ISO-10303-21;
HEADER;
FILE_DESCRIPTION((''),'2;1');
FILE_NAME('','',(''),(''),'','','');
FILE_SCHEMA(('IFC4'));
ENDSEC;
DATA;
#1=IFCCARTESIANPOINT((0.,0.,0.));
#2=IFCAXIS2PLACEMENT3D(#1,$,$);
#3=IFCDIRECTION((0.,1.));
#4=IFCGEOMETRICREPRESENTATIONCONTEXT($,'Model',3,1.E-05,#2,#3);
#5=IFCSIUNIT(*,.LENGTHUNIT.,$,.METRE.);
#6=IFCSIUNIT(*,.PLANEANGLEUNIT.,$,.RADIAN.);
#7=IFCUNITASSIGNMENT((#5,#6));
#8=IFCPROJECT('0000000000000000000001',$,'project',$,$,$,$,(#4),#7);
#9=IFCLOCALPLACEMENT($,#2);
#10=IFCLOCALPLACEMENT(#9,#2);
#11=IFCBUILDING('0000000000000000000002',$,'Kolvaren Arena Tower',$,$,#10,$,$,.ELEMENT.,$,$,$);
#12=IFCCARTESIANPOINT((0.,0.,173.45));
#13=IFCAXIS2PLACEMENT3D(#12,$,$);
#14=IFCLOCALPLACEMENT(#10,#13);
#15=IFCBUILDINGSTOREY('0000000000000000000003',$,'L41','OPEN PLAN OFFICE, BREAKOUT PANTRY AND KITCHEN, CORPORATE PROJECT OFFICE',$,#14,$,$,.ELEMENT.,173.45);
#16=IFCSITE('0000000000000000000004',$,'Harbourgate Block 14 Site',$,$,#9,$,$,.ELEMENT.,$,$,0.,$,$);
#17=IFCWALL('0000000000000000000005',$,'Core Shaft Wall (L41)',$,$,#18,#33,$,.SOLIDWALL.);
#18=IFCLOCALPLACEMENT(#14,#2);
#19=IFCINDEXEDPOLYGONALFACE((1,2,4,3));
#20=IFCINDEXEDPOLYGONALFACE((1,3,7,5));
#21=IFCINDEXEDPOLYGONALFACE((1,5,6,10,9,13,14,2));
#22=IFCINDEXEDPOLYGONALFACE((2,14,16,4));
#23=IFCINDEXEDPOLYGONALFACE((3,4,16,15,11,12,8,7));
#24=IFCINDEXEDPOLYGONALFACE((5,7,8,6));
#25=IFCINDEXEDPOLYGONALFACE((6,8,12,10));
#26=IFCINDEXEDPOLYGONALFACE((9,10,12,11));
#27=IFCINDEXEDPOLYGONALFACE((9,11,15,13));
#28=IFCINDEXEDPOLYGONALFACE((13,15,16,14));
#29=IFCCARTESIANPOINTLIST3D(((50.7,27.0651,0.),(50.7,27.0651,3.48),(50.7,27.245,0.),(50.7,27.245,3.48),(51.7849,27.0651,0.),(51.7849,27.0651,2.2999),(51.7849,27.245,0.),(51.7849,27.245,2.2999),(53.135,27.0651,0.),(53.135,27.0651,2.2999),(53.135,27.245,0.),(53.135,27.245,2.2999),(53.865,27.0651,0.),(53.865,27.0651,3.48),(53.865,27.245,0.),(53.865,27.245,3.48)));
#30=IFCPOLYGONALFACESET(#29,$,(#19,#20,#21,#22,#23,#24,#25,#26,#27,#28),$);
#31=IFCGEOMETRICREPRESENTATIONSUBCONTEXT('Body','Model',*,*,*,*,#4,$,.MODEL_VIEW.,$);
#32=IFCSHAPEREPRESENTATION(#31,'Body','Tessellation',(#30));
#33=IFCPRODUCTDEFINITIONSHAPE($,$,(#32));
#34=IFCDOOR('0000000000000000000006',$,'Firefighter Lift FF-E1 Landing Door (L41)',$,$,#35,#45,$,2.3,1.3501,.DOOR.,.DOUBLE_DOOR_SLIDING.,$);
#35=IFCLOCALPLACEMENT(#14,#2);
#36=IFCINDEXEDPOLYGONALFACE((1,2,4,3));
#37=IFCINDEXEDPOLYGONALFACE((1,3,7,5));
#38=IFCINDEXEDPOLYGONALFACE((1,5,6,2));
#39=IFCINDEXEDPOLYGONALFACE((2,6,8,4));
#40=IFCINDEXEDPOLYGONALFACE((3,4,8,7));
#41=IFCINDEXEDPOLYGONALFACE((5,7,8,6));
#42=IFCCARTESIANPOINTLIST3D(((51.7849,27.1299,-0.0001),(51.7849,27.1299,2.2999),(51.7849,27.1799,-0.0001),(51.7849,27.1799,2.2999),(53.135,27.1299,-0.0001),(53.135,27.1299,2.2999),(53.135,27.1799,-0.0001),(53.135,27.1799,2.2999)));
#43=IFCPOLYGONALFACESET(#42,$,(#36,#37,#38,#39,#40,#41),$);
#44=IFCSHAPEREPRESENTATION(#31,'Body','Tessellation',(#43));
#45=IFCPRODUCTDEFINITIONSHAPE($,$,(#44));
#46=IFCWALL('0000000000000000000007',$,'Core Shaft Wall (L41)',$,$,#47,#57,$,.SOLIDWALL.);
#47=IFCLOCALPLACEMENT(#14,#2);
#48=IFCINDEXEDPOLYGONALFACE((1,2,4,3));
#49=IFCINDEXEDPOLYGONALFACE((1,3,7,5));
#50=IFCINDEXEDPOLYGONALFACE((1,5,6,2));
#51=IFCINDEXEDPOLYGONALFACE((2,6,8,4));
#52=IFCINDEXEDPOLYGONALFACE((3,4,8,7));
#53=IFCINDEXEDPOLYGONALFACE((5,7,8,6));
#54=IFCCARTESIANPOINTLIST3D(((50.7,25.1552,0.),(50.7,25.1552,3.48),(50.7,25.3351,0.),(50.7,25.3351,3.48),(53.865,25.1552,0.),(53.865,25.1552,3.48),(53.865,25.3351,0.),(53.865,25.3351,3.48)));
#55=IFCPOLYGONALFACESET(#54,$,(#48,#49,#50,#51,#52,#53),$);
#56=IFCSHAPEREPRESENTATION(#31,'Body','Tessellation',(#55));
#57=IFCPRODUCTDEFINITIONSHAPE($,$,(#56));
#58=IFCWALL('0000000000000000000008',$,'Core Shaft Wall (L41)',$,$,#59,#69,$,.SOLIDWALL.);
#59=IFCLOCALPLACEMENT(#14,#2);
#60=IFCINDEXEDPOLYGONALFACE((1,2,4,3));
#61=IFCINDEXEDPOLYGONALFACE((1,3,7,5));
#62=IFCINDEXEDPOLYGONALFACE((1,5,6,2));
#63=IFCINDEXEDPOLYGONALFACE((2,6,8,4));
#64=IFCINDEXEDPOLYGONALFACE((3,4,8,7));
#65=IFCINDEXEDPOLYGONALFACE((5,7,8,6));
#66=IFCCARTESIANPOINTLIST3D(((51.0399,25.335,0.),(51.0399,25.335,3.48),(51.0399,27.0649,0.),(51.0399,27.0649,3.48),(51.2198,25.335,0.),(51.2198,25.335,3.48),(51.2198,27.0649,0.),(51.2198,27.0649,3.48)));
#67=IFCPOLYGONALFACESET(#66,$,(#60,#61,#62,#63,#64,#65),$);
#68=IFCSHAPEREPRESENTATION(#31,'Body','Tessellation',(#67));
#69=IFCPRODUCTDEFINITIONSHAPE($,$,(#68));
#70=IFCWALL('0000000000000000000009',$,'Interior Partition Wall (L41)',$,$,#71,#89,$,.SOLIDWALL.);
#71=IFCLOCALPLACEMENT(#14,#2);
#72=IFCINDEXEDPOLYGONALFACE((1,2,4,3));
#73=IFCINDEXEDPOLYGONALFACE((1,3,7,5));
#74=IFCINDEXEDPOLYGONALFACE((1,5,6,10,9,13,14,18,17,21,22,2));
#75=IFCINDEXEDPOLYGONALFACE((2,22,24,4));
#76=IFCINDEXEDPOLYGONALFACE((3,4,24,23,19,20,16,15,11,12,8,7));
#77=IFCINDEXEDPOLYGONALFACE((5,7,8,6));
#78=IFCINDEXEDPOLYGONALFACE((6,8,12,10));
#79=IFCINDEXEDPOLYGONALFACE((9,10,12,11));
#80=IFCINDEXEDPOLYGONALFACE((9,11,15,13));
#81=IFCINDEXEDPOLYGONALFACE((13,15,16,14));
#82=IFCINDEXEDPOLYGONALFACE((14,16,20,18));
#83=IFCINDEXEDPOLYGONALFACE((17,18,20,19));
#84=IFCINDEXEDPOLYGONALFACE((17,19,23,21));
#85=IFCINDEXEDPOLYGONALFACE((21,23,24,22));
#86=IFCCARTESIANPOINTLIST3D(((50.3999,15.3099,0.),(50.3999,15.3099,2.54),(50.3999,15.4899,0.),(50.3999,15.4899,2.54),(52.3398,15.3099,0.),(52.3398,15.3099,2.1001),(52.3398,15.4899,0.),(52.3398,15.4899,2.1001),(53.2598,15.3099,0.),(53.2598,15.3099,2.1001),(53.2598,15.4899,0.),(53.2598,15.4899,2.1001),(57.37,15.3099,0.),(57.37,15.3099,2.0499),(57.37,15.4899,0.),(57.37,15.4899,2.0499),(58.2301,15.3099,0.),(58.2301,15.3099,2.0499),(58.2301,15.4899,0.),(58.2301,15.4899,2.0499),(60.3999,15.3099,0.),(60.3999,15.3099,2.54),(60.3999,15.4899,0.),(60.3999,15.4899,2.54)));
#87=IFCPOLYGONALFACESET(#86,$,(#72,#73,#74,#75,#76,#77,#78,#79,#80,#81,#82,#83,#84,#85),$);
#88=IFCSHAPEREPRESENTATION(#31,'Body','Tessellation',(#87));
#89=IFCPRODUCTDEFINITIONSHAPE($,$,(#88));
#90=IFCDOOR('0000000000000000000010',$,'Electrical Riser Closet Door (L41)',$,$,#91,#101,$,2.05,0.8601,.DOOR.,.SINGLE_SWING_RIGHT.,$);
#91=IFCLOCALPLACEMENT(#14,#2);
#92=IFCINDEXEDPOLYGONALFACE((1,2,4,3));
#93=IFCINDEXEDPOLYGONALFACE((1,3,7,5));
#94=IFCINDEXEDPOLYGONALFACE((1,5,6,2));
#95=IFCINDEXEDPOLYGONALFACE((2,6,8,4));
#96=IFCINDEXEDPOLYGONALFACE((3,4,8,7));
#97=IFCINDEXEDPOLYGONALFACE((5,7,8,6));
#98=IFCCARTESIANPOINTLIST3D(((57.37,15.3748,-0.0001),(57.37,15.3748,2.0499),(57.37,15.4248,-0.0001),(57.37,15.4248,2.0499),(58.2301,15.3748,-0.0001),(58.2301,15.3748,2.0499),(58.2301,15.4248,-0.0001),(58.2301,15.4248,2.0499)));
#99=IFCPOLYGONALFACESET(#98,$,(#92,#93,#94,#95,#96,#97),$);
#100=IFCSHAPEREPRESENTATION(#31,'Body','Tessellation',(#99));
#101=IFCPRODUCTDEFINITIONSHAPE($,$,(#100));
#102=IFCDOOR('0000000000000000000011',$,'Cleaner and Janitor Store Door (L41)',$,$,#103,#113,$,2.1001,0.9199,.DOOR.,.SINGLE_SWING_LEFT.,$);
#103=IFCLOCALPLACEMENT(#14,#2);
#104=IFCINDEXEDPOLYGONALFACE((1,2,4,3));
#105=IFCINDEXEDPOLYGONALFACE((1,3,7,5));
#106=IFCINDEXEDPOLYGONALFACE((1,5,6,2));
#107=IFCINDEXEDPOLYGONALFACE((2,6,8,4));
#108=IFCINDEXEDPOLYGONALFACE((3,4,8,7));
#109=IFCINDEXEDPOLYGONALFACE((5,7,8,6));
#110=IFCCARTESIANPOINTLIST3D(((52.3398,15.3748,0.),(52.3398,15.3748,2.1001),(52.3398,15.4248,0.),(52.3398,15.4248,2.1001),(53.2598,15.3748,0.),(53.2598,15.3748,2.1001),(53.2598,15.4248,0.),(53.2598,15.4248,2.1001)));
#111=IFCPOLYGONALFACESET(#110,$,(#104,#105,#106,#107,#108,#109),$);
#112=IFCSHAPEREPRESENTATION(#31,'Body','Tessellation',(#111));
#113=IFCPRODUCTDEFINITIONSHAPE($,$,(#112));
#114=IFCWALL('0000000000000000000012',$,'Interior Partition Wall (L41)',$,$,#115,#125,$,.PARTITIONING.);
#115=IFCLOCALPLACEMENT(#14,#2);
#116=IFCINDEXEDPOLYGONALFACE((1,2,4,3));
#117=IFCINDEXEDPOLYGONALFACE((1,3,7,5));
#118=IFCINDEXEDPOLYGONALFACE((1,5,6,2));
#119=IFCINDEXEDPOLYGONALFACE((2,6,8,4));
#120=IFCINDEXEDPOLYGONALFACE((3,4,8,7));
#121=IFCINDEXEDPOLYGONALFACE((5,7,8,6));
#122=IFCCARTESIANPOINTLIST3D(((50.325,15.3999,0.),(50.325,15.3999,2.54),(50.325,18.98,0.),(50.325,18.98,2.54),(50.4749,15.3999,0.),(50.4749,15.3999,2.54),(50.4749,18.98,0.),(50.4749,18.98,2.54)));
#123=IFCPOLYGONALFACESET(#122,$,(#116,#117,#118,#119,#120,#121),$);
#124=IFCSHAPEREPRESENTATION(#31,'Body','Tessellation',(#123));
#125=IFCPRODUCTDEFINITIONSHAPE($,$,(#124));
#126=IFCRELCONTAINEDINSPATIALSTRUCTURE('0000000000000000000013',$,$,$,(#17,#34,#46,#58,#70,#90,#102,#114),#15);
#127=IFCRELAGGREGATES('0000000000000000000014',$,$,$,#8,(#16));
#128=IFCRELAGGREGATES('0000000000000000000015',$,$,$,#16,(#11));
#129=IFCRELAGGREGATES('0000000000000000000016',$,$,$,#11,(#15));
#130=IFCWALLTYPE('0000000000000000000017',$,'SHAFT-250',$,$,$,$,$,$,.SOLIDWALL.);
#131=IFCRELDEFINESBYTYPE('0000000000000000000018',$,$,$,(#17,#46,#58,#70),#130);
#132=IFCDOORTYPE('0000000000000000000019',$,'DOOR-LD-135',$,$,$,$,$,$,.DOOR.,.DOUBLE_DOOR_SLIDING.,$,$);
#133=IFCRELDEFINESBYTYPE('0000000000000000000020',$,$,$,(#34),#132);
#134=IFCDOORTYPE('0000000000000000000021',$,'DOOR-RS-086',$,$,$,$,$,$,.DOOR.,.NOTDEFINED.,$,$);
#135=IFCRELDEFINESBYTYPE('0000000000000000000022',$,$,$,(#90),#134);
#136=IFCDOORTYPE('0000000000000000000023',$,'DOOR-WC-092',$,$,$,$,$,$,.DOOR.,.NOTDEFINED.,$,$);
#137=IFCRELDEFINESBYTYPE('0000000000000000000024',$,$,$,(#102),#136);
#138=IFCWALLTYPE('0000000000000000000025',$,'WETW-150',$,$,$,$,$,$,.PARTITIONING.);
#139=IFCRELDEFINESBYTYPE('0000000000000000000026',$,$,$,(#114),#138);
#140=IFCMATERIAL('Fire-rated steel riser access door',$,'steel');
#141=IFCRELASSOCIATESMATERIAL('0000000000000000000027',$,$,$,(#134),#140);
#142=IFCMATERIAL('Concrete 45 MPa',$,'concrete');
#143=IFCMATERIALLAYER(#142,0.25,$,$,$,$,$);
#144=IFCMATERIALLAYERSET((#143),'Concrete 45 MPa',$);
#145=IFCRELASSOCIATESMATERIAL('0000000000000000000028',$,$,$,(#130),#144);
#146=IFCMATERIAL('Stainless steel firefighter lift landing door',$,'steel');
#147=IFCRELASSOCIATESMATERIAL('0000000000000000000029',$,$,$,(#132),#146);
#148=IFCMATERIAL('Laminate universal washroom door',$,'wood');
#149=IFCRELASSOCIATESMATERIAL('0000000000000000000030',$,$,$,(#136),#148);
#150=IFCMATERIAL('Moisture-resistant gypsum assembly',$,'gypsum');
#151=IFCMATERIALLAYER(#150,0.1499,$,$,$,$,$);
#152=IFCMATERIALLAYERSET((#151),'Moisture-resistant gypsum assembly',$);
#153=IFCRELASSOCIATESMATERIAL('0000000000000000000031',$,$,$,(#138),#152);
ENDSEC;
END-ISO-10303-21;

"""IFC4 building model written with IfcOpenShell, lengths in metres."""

from ifc_helpers import new_model, si_unit, direction, frame, frame_2d, origin, place, context, subcontext, project, spatial, rectangle, extrude, material, layer, layer_set, type_object, element, fill, save


model = new_model("IFC4")

# Units and contexts
model_context = context("Model", 3, precision=1e-05, world=origin(), true_north=direction((0.0, 1.0)))
body_context = subcontext(model_context, "Body", "Model", "MODEL_VIEW")
ifc_project = project(units=[si_unit("LENGTHUNIT", "METRE"), si_unit("PLANEANGLEUNIT", "RADIAN")], contexts=[model_context])

# Site, building, storey
site_placement = place(None, origin())
site = spatial("IfcSite", under=ifc_project, at=site_placement, Name="Harbourgate Block 14 Site", CompositionType="ELEMENT", RefElevation=0.0)
building_placement = place(site_placement, origin())
building = spatial("IfcBuilding", under=site, at=building_placement, Name="Kolvaren Arena Tower", CompositionType="ELEMENT")
storey_placement = place(building_placement, frame((0.0, 0.0, 173.45)))
storey = spatial("IfcBuildingStorey", under=building, at=storey_placement, Name="L41", Description="OPEN PLAN OFFICE, BREAKOUT PANTRY AND KITCHEN, CORPORATE PROJECT OFFICE", CompositionType="ELEMENT", Elevation=173.45)

# Shared definitions
ifc_material_1 = material(Name="Fire-rated steel riser access door", Category="steel")
door_type_1 = type_object("IfcDoorType", Name="DOOR-RS-086", OperationType="NOTDEFINED", PredefinedType="DOOR", material=ifc_material_1)

# Shared definitions
ifc_material_2 = material(Name="Concrete 45 MPa", Category="concrete")
ifc_layer_1 = layer(ifc_material_2, 0.25)
ifc_layer_set_1 = layer_set([ifc_layer_1], Name="Concrete 45 MPa")
wall_type_1 = type_object("IfcWallType", Name="SHAFT-250", PredefinedType="SOLIDWALL", material=ifc_layer_set_1)

# Wall, opening, door
wall_1_placement = place(storey_placement, frame((50.7, 27.155, 0.0), z_axis=(0.0, 0.0, 1.0), x_axis=(1.0, 0.0, 0.0)))
wall_1 = element("IfcWall", 1, at=wall_1_placement, inside=storey, type_object=wall_type_1, Name="Core Shaft Wall (L41)", PredefinedType="SOLIDWALL", context=body_context, shape_type="SweptSolid", body=[
    extrude(rectangle(XDim=3.165, YDim=0.1799, at=frame_2d((1.5825, 0.0))), origin(), (0.0, 0.0, 1.0), 3.48),
])
opening_1_placement = place(wall_1_placement, frame((1.085, 0.0, 0.0)))
opening_1 = element("IfcOpeningElement", 2, at=opening_1_placement, cuts=wall_1, PredefinedType="OPENING", context=body_context, shape_type="SweptSolid", body=[
    extrude(rectangle(XDim=1.3501, YDim=2.3, at=frame_2d((0.675, 1.1499))), frame((0.0, 0.0999, 0.0), z_axis=(0.0, -1.0, 0.0), x_axis=(1.0, 0.0, 0.0)), (0.0, 0.0, 1.0), 0.2),
])
ifc_material_3 = material(Name="Stainless steel firefighter lift landing door", Category="steel")
door_type_2 = type_object("IfcDoorType", Name="DOOR-LD-135", OperationType="DOUBLE_DOOR_SLIDING", PredefinedType="DOOR", material=ifc_material_3)
door_1_placement = place(opening_1_placement, origin())
door_1 = element("IfcDoor", 3, at=door_1_placement, inside=storey, type_object=door_type_2, Name="Firefighter Lift FF-E1 Landing Door (L41)", OperationType="DOUBLE_DOOR_SLIDING", OverallHeight=2.3, OverallWidth=1.3501, PredefinedType="DOOR", context=body_context, shape_type="SweptSolid", body=[
    extrude(rectangle(XDim=1.3501, YDim=2.3, at=frame_2d((0.675, 1.1499))), frame((0.0, 0.0249, 0.0), z_axis=(0.0, -1.0, 0.0), x_axis=(1.0, 0.0, 0.0)), (0.0, 0.0, 1.0), 0.05),
])
fill(opening_1, door_1)

# Walls
wall_2_placement = place(storey_placement, frame((50.7, 25.2451, 0.0), z_axis=(0.0, 0.0, 1.0), x_axis=(1.0, 0.0, 0.0)))
element("IfcWall", 4, at=wall_2_placement, inside=storey, type_object=wall_type_1, Name="Core Shaft Wall (L41)", PredefinedType="SOLIDWALL", context=body_context, shape_type="SweptSolid", body=[
    extrude(rectangle(XDim=3.165, YDim=0.1799, at=frame_2d((1.5825, 0.0))), origin(), (0.0, 0.0, 1.0), 3.48),
])
wall_3_placement = place(storey_placement, frame((51.1299, 25.335, 0.0), z_axis=(0.0, 0.0, 1.0), x_axis=(0.0, 1.0, 0.0)))
element("IfcWall", 5, at=wall_3_placement, inside=storey, type_object=wall_type_1, Name="Core Shaft Wall (L41)", PredefinedType="SOLIDWALL", context=body_context, shape_type="SweptSolid", body=[
    extrude(rectangle(XDim=1.73, YDim=0.1799, at=frame_2d((0.865, 0.0))), origin(), (0.0, 0.0, 1.0), 3.48),
])

# Wall, openings, doors
wall_4_placement = place(storey_placement, frame((50.3999, 15.3999, 0.0), z_axis=(0.0, 0.0, 1.0), x_axis=(1.0, 0.0, 0.0)))
wall_4 = element("IfcWall", 6, at=wall_4_placement, inside=storey, type_object=wall_type_1, Name="Interior Partition Wall (L41)", PredefinedType="SOLIDWALL", context=body_context, shape_type="SweptSolid", body=[
    extrude(rectangle(XDim=10.0, YDim=0.1799, at=frame_2d((5.0, 0.0))), origin(), (0.0, 0.0, 1.0), 2.54),
])
opening_2_placement = place(wall_4_placement, frame((1.9399, 0.0, 0.0)))
opening_2 = element("IfcOpeningElement", 7, at=opening_2_placement, cuts=wall_4, PredefinedType="OPENING", context=body_context, shape_type="SweptSolid", body=[
    extrude(rectangle(XDim=0.9199, YDim=2.1001, at=frame_2d((0.46, 1.05))), frame((0.0, 0.0999, 0.0), z_axis=(0.0, -1.0, 0.0), x_axis=(1.0, 0.0, 0.0)), (0.0, 0.0, 1.0), 0.2),
])
opening_3_placement = place(wall_4_placement, frame((6.97, 0.0, 0.0)))
opening_3 = element("IfcOpeningElement", 8, at=opening_3_placement, cuts=wall_4, PredefinedType="OPENING", context=body_context, shape_type="SweptSolid", body=[
    extrude(rectangle(XDim=0.8601, YDim=2.05, at=frame_2d((0.4302, 1.0249))), frame((0.0, 0.0999, 0.0), z_axis=(0.0, -1.0, 0.0), x_axis=(1.0, 0.0, 0.0)), (0.0, 0.0, 1.0), 0.2),
])
door_2_placement = place(opening_3_placement, origin())
door_2 = element("IfcDoor", 9, at=door_2_placement, inside=storey, type_object=door_type_1, Name="Electrical Riser Closet Door (L41)", OperationType="SINGLE_SWING_RIGHT", OverallHeight=2.05, OverallWidth=0.8601, PredefinedType="DOOR", context=body_context, shape_type="SweptSolid", body=[
    extrude(rectangle(XDim=0.8601, YDim=2.05, at=frame_2d((0.4302, 1.0249))), frame((0.0, 0.0249, 0.0), z_axis=(0.0, -1.0, 0.0), x_axis=(1.0, 0.0, 0.0)), (0.0, 0.0, 1.0), 0.05),
])
fill(opening_3, door_2)
ifc_material_4 = material(Name="Laminate universal washroom door", Category="wood")
door_type_3 = type_object("IfcDoorType", Name="DOOR-WC-092", OperationType="NOTDEFINED", PredefinedType="DOOR", material=ifc_material_4)
door_3_placement = place(opening_2_placement, origin())
door_3 = element("IfcDoor", 10, at=door_3_placement, inside=storey, type_object=door_type_3, Name="Cleaner and Janitor Store Door (L41)", OperationType="SINGLE_SWING_LEFT", OverallHeight=2.1001, OverallWidth=0.9199, PredefinedType="DOOR", context=body_context, shape_type="SweptSolid", body=[
    extrude(rectangle(XDim=0.9199, YDim=2.1001, at=frame_2d((0.46, 1.05))), frame((0.0, 0.0249, 0.0), z_axis=(0.0, -1.0, 0.0), x_axis=(1.0, 0.0, 0.0)), (0.0, 0.0, 1.0), 0.05),
])
fill(opening_2, door_3)

# Wall
ifc_material_5 = material(Name="Moisture-resistant gypsum assembly", Category="gypsum")
ifc_layer_2 = layer(ifc_material_5, 0.1499)
ifc_layer_set_2 = layer_set([ifc_layer_2], Name="Moisture-resistant gypsum assembly")
wall_type_2 = type_object("IfcWallType", Name="WETW-150", PredefinedType="PARTITIONING", material=ifc_layer_set_2)
wall_5_placement = place(storey_placement, frame((50.3999, 15.3999, 0.0), z_axis=(0.0, 0.0, 1.0), x_axis=(0.0, 1.0, 0.0)))
element("IfcWall", 11, at=wall_5_placement, inside=storey, type_object=wall_type_2, Name="Interior Partition Wall (L41)", PredefinedType="PARTITIONING", context=body_context, shape_type="SweptSolid", body=[
    extrude(rectangle(XDim=3.5801, YDim=0.1499, at=frame_2d((1.79, 0.0))), origin(), (0.0, 0.0, 1.0), 2.54),
])

save(model, "model.ifc")
